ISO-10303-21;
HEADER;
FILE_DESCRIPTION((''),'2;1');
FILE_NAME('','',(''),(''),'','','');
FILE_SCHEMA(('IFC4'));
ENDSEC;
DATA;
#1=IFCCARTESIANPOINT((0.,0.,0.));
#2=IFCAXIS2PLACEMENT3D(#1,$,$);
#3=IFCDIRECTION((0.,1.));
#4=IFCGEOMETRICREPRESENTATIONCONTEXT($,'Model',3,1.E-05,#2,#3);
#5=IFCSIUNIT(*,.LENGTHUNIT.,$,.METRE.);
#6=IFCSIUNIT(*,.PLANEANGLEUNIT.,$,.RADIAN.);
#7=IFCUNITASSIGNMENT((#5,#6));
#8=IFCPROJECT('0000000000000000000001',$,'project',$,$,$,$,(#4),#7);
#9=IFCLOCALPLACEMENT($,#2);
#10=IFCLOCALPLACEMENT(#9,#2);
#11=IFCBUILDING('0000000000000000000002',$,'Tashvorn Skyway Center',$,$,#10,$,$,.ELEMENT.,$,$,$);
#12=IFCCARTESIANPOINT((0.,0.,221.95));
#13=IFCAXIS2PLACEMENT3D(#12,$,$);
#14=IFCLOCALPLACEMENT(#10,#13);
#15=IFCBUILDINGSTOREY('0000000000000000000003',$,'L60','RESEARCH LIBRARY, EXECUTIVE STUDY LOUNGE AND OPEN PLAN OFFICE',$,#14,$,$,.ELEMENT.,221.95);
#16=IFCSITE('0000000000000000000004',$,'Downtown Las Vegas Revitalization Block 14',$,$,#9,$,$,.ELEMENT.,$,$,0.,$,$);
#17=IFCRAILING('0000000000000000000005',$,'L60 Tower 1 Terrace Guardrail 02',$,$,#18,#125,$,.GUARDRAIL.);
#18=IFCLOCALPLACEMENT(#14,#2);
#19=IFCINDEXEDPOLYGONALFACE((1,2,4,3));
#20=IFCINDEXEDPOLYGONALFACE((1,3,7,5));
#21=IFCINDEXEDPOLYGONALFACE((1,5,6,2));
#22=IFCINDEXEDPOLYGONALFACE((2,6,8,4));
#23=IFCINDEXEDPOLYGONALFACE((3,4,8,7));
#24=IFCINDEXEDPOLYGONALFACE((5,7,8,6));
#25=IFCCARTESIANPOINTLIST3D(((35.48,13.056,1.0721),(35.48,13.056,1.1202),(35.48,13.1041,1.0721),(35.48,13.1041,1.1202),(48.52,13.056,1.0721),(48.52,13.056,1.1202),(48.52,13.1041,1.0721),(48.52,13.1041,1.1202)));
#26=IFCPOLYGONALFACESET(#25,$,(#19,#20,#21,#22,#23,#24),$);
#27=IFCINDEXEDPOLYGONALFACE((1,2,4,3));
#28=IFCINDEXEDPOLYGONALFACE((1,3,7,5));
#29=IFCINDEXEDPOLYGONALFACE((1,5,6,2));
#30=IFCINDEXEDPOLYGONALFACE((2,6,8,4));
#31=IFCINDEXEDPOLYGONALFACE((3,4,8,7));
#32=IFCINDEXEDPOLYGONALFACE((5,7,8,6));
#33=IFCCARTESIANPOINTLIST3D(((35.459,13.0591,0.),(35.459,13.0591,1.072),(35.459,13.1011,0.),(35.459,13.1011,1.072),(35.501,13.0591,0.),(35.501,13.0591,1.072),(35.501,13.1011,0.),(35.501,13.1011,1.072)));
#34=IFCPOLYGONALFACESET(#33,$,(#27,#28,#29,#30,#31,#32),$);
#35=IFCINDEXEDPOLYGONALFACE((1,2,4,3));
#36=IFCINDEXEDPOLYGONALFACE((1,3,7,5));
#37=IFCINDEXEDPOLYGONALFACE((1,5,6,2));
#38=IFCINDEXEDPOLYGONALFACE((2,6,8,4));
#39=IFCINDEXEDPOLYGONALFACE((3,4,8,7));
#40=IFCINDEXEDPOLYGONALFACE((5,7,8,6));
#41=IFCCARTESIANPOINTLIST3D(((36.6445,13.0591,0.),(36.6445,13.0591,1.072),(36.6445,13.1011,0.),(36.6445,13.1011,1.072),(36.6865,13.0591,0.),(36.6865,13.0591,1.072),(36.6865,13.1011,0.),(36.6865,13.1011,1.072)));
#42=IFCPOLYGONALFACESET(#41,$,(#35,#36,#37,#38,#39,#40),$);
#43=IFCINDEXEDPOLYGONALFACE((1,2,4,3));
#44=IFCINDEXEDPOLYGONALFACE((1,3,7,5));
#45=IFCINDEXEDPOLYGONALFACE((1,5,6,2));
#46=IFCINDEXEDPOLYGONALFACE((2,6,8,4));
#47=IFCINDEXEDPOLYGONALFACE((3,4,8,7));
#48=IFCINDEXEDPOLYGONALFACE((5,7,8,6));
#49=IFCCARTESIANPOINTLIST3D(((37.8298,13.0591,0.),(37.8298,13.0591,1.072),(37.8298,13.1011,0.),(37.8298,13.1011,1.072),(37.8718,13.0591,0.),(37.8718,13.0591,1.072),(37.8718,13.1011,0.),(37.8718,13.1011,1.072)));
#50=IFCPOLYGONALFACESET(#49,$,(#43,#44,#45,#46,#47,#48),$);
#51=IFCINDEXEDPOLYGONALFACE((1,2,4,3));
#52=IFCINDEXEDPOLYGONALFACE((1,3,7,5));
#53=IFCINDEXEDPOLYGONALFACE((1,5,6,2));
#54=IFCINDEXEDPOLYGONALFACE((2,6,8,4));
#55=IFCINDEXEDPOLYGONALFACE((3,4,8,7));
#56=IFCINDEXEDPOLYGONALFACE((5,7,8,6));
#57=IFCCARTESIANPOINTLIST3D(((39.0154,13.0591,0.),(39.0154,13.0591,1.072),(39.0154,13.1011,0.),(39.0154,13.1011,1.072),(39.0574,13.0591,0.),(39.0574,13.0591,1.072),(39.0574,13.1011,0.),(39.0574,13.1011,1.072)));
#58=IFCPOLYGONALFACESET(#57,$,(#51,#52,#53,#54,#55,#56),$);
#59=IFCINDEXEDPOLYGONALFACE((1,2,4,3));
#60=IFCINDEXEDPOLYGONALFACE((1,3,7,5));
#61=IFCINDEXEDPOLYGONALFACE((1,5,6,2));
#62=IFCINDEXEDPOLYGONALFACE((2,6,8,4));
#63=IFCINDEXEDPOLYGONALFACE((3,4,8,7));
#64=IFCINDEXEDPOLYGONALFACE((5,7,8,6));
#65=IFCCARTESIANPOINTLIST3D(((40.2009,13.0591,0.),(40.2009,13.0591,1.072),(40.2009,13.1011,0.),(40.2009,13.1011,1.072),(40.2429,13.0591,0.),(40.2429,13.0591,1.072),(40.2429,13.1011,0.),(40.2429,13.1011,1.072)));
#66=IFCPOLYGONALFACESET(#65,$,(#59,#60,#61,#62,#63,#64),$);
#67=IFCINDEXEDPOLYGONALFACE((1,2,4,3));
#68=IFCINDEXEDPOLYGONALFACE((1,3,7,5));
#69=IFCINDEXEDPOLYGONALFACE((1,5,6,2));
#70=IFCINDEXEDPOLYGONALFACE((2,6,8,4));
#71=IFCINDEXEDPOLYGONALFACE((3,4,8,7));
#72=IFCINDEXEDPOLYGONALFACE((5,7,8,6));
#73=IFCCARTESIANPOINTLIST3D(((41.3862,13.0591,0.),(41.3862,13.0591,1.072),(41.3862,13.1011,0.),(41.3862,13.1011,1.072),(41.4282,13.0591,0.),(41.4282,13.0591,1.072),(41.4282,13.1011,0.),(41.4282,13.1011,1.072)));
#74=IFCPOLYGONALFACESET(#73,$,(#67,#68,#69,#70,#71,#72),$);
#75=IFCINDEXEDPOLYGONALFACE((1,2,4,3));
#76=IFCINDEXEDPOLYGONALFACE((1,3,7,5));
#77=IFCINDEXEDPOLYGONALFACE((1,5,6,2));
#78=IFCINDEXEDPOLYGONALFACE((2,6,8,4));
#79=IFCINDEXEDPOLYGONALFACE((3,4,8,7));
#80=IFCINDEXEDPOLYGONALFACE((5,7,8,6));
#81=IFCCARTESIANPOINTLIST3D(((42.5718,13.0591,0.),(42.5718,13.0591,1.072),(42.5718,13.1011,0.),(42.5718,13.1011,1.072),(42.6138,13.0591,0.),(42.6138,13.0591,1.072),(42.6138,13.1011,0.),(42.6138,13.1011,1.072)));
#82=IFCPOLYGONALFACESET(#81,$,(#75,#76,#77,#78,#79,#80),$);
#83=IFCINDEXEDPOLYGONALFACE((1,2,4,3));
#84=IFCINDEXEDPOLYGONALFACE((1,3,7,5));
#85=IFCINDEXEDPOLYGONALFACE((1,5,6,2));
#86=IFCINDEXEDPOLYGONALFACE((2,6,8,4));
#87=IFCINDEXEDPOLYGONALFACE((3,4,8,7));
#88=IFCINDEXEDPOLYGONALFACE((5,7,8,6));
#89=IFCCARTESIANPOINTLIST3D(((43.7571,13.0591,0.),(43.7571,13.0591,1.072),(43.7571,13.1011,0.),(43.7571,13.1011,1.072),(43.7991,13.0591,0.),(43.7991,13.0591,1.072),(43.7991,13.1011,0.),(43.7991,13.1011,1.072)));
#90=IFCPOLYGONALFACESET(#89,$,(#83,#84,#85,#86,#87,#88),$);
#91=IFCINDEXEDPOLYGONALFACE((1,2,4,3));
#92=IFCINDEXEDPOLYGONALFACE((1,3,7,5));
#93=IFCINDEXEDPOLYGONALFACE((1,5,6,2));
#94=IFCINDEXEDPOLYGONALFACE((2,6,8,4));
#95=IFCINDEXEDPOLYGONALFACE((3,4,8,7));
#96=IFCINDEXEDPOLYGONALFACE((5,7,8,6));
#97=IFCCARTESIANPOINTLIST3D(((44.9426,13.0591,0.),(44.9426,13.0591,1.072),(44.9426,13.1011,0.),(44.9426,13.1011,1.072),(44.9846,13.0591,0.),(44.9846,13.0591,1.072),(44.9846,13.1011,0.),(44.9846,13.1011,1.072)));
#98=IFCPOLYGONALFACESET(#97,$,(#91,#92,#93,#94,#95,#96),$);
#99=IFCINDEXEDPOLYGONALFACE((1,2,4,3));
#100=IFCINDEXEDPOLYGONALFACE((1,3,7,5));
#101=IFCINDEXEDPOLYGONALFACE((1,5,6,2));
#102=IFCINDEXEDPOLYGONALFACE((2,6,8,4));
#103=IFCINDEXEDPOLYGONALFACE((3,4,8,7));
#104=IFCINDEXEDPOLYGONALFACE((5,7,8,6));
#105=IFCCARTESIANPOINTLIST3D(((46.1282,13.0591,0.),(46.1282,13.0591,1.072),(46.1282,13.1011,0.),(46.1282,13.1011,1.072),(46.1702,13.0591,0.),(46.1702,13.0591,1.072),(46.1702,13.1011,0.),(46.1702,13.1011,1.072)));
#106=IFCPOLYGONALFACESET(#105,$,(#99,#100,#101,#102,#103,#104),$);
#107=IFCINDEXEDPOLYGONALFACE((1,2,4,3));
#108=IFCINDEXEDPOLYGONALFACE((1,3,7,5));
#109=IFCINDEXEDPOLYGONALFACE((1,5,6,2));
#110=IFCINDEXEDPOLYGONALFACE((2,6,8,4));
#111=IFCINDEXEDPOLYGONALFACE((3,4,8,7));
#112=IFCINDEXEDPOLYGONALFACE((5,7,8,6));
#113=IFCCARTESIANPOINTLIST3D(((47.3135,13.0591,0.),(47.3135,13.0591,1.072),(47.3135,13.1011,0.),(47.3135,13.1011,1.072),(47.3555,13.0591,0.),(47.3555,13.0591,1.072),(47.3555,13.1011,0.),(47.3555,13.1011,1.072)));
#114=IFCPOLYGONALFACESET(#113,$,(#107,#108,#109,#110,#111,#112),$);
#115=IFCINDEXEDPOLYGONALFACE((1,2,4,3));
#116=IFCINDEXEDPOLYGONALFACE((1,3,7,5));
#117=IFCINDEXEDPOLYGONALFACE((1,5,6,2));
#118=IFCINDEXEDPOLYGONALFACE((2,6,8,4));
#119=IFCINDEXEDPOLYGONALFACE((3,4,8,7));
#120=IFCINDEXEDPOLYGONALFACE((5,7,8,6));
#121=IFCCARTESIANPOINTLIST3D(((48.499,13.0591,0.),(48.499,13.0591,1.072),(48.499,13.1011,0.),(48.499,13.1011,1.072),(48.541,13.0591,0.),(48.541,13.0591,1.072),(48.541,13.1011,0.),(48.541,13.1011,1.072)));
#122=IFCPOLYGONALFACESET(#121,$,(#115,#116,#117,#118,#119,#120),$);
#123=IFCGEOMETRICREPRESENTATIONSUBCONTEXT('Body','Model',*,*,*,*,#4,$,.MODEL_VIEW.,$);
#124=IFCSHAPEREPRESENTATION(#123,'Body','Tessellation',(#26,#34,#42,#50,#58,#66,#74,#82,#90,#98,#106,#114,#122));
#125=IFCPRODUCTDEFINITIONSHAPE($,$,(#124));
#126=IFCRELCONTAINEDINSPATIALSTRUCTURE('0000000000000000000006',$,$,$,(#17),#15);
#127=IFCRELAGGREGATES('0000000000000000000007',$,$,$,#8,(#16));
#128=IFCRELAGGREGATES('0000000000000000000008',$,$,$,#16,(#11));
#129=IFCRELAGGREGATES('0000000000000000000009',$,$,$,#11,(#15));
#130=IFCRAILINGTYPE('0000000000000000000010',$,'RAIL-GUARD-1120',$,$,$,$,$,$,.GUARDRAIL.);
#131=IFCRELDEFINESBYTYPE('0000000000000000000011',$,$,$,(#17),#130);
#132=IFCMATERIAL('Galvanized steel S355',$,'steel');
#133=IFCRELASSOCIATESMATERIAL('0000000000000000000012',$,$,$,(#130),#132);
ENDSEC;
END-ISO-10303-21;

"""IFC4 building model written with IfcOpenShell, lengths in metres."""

from ifc_helpers import new_model, si_unit, direction, frame, origin, origin_2d, place, context, subcontext, project, spatial, rectangle, extrude, material, type_object, element, save


model = new_model("IFC4")

# Units and contexts
model_context = context("Model", 3, precision=1e-05, world=origin(), true_north=direction((0.0, 1.0)))
body_context = subcontext(model_context, "Body", "Model", "MODEL_VIEW")
ifc_project = project(units=[si_unit("LENGTHUNIT", "METRE"), si_unit("PLANEANGLEUNIT", "RADIAN")], contexts=[model_context])

# Site, building, storey
site_placement = place(None, origin())
site = spatial("IfcSite", under=ifc_project, at=site_placement, Name="Downtown Las Vegas Revitalization Block 14", CompositionType="ELEMENT", RefElevation=0.0)
building_placement = place(site_placement, origin())
building = spatial("IfcBuilding", under=site, at=building_placement, Name="Tashvorn Skyway Center", CompositionType="ELEMENT")
storey_placement = place(building_placement, frame((0.0, 0.0, 221.95)))
storey = spatial("IfcBuildingStorey", under=building, at=storey_placement, Name="L60", Description="RESEARCH LIBRARY, EXECUTIVE STUDY LOUNGE AND OPEN PLAN OFFICE", CompositionType="ELEMENT", Elevation=221.95)

# Railing
ifc_material_1 = material(Name="Galvanized steel S355", Category="steel")
railing_type = type_object("IfcRailingType", Name="RAIL-GUARD-1120", PredefinedType="GUARDRAIL", material=ifc_material_1)
railing_1_placement = place(storey_placement, frame((35.48, 13.0801, 0.0)))
element("IfcRailing", 1, at=railing_1_placement, inside=storey, type_object=railing_type, Name="L60 Tower 1 Terrace Guardrail 02", PredefinedType="GUARDRAIL", context=body_context, shape_type="SweptSolid", body=[
    extrude(rectangle(XDim=0.0481, YDim=0.0481, at=origin_2d()), frame((0.0, 0.0, 1.0962), z_axis=(1.0, 0.0, 0.0), x_axis=(0.0, 1.0, 0.0)), (0.0, 0.0, 1.0), 13.04),
    extrude(rectangle(XDim=0.042, YDim=0.042, at=origin_2d()), origin(), (0.0, 0.0, 1.0), 1.072),
    extrude(rectangle(XDim=0.042, YDim=0.042, at=origin_2d()), frame((1.1855, 0.0, 0.0)), (0.0, 0.0, 1.0), 1.072),
    extrude(rectangle(XDim=0.042, YDim=0.042, at=origin_2d()), frame((2.3708, 0.0, 0.0)), (0.0, 0.0, 1.0), 1.072),
    extrude(rectangle(XDim=0.042, YDim=0.042, at=origin_2d()), frame((3.5564, 0.0, 0.0)), (0.0, 0.0, 1.0), 1.072),
    extrude(rectangle(XDim=0.042, YDim=0.042, at=origin_2d()), frame((4.7419, 0.0, 0.0)), (0.0, 0.0, 1.0), 1.072),
    extrude(rectangle(XDim=0.042, YDim=0.042, at=origin_2d()), frame((5.9272, 0.0, 0.0)), (0.0, 0.0, 1.0), 1.072),
    extrude(rectangle(XDim=0.042, YDim=0.042, at=origin_2d()), frame((7.1128, 0.0, 0.0)), (0.0, 0.0, 1.0), 1.072),
    extrude(rectangle(XDim=0.042, YDim=0.042, at=origin_2d()), frame((8.2981, 0.0, 0.0)), (0.0, 0.0, 1.0), 1.072),
    extrude(rectangle(XDim=0.042, YDim=0.042, at=origin_2d()), frame((9.4836, 0.0, 0.0)), (0.0, 0.0, 1.0), 1.072),
    extrude(rectangle(XDim=0.042, YDim=0.042, at=origin_2d()), frame((10.6692, 0.0, 0.0)), (0.0, 0.0, 1.0), 1.072),
    extrude(rectangle(XDim=0.042, YDim=0.042, at=origin_2d()), frame((11.8545, 0.0, 0.0)), (0.0, 0.0, 1.0), 1.072),
    extrude(rectangle(XDim=0.042, YDim=0.042, at=origin_2d()), frame((13.04, 0.0, 0.0)), (0.0, 0.0, 1.0), 1.072),
])

save(model, "model.ifc")
